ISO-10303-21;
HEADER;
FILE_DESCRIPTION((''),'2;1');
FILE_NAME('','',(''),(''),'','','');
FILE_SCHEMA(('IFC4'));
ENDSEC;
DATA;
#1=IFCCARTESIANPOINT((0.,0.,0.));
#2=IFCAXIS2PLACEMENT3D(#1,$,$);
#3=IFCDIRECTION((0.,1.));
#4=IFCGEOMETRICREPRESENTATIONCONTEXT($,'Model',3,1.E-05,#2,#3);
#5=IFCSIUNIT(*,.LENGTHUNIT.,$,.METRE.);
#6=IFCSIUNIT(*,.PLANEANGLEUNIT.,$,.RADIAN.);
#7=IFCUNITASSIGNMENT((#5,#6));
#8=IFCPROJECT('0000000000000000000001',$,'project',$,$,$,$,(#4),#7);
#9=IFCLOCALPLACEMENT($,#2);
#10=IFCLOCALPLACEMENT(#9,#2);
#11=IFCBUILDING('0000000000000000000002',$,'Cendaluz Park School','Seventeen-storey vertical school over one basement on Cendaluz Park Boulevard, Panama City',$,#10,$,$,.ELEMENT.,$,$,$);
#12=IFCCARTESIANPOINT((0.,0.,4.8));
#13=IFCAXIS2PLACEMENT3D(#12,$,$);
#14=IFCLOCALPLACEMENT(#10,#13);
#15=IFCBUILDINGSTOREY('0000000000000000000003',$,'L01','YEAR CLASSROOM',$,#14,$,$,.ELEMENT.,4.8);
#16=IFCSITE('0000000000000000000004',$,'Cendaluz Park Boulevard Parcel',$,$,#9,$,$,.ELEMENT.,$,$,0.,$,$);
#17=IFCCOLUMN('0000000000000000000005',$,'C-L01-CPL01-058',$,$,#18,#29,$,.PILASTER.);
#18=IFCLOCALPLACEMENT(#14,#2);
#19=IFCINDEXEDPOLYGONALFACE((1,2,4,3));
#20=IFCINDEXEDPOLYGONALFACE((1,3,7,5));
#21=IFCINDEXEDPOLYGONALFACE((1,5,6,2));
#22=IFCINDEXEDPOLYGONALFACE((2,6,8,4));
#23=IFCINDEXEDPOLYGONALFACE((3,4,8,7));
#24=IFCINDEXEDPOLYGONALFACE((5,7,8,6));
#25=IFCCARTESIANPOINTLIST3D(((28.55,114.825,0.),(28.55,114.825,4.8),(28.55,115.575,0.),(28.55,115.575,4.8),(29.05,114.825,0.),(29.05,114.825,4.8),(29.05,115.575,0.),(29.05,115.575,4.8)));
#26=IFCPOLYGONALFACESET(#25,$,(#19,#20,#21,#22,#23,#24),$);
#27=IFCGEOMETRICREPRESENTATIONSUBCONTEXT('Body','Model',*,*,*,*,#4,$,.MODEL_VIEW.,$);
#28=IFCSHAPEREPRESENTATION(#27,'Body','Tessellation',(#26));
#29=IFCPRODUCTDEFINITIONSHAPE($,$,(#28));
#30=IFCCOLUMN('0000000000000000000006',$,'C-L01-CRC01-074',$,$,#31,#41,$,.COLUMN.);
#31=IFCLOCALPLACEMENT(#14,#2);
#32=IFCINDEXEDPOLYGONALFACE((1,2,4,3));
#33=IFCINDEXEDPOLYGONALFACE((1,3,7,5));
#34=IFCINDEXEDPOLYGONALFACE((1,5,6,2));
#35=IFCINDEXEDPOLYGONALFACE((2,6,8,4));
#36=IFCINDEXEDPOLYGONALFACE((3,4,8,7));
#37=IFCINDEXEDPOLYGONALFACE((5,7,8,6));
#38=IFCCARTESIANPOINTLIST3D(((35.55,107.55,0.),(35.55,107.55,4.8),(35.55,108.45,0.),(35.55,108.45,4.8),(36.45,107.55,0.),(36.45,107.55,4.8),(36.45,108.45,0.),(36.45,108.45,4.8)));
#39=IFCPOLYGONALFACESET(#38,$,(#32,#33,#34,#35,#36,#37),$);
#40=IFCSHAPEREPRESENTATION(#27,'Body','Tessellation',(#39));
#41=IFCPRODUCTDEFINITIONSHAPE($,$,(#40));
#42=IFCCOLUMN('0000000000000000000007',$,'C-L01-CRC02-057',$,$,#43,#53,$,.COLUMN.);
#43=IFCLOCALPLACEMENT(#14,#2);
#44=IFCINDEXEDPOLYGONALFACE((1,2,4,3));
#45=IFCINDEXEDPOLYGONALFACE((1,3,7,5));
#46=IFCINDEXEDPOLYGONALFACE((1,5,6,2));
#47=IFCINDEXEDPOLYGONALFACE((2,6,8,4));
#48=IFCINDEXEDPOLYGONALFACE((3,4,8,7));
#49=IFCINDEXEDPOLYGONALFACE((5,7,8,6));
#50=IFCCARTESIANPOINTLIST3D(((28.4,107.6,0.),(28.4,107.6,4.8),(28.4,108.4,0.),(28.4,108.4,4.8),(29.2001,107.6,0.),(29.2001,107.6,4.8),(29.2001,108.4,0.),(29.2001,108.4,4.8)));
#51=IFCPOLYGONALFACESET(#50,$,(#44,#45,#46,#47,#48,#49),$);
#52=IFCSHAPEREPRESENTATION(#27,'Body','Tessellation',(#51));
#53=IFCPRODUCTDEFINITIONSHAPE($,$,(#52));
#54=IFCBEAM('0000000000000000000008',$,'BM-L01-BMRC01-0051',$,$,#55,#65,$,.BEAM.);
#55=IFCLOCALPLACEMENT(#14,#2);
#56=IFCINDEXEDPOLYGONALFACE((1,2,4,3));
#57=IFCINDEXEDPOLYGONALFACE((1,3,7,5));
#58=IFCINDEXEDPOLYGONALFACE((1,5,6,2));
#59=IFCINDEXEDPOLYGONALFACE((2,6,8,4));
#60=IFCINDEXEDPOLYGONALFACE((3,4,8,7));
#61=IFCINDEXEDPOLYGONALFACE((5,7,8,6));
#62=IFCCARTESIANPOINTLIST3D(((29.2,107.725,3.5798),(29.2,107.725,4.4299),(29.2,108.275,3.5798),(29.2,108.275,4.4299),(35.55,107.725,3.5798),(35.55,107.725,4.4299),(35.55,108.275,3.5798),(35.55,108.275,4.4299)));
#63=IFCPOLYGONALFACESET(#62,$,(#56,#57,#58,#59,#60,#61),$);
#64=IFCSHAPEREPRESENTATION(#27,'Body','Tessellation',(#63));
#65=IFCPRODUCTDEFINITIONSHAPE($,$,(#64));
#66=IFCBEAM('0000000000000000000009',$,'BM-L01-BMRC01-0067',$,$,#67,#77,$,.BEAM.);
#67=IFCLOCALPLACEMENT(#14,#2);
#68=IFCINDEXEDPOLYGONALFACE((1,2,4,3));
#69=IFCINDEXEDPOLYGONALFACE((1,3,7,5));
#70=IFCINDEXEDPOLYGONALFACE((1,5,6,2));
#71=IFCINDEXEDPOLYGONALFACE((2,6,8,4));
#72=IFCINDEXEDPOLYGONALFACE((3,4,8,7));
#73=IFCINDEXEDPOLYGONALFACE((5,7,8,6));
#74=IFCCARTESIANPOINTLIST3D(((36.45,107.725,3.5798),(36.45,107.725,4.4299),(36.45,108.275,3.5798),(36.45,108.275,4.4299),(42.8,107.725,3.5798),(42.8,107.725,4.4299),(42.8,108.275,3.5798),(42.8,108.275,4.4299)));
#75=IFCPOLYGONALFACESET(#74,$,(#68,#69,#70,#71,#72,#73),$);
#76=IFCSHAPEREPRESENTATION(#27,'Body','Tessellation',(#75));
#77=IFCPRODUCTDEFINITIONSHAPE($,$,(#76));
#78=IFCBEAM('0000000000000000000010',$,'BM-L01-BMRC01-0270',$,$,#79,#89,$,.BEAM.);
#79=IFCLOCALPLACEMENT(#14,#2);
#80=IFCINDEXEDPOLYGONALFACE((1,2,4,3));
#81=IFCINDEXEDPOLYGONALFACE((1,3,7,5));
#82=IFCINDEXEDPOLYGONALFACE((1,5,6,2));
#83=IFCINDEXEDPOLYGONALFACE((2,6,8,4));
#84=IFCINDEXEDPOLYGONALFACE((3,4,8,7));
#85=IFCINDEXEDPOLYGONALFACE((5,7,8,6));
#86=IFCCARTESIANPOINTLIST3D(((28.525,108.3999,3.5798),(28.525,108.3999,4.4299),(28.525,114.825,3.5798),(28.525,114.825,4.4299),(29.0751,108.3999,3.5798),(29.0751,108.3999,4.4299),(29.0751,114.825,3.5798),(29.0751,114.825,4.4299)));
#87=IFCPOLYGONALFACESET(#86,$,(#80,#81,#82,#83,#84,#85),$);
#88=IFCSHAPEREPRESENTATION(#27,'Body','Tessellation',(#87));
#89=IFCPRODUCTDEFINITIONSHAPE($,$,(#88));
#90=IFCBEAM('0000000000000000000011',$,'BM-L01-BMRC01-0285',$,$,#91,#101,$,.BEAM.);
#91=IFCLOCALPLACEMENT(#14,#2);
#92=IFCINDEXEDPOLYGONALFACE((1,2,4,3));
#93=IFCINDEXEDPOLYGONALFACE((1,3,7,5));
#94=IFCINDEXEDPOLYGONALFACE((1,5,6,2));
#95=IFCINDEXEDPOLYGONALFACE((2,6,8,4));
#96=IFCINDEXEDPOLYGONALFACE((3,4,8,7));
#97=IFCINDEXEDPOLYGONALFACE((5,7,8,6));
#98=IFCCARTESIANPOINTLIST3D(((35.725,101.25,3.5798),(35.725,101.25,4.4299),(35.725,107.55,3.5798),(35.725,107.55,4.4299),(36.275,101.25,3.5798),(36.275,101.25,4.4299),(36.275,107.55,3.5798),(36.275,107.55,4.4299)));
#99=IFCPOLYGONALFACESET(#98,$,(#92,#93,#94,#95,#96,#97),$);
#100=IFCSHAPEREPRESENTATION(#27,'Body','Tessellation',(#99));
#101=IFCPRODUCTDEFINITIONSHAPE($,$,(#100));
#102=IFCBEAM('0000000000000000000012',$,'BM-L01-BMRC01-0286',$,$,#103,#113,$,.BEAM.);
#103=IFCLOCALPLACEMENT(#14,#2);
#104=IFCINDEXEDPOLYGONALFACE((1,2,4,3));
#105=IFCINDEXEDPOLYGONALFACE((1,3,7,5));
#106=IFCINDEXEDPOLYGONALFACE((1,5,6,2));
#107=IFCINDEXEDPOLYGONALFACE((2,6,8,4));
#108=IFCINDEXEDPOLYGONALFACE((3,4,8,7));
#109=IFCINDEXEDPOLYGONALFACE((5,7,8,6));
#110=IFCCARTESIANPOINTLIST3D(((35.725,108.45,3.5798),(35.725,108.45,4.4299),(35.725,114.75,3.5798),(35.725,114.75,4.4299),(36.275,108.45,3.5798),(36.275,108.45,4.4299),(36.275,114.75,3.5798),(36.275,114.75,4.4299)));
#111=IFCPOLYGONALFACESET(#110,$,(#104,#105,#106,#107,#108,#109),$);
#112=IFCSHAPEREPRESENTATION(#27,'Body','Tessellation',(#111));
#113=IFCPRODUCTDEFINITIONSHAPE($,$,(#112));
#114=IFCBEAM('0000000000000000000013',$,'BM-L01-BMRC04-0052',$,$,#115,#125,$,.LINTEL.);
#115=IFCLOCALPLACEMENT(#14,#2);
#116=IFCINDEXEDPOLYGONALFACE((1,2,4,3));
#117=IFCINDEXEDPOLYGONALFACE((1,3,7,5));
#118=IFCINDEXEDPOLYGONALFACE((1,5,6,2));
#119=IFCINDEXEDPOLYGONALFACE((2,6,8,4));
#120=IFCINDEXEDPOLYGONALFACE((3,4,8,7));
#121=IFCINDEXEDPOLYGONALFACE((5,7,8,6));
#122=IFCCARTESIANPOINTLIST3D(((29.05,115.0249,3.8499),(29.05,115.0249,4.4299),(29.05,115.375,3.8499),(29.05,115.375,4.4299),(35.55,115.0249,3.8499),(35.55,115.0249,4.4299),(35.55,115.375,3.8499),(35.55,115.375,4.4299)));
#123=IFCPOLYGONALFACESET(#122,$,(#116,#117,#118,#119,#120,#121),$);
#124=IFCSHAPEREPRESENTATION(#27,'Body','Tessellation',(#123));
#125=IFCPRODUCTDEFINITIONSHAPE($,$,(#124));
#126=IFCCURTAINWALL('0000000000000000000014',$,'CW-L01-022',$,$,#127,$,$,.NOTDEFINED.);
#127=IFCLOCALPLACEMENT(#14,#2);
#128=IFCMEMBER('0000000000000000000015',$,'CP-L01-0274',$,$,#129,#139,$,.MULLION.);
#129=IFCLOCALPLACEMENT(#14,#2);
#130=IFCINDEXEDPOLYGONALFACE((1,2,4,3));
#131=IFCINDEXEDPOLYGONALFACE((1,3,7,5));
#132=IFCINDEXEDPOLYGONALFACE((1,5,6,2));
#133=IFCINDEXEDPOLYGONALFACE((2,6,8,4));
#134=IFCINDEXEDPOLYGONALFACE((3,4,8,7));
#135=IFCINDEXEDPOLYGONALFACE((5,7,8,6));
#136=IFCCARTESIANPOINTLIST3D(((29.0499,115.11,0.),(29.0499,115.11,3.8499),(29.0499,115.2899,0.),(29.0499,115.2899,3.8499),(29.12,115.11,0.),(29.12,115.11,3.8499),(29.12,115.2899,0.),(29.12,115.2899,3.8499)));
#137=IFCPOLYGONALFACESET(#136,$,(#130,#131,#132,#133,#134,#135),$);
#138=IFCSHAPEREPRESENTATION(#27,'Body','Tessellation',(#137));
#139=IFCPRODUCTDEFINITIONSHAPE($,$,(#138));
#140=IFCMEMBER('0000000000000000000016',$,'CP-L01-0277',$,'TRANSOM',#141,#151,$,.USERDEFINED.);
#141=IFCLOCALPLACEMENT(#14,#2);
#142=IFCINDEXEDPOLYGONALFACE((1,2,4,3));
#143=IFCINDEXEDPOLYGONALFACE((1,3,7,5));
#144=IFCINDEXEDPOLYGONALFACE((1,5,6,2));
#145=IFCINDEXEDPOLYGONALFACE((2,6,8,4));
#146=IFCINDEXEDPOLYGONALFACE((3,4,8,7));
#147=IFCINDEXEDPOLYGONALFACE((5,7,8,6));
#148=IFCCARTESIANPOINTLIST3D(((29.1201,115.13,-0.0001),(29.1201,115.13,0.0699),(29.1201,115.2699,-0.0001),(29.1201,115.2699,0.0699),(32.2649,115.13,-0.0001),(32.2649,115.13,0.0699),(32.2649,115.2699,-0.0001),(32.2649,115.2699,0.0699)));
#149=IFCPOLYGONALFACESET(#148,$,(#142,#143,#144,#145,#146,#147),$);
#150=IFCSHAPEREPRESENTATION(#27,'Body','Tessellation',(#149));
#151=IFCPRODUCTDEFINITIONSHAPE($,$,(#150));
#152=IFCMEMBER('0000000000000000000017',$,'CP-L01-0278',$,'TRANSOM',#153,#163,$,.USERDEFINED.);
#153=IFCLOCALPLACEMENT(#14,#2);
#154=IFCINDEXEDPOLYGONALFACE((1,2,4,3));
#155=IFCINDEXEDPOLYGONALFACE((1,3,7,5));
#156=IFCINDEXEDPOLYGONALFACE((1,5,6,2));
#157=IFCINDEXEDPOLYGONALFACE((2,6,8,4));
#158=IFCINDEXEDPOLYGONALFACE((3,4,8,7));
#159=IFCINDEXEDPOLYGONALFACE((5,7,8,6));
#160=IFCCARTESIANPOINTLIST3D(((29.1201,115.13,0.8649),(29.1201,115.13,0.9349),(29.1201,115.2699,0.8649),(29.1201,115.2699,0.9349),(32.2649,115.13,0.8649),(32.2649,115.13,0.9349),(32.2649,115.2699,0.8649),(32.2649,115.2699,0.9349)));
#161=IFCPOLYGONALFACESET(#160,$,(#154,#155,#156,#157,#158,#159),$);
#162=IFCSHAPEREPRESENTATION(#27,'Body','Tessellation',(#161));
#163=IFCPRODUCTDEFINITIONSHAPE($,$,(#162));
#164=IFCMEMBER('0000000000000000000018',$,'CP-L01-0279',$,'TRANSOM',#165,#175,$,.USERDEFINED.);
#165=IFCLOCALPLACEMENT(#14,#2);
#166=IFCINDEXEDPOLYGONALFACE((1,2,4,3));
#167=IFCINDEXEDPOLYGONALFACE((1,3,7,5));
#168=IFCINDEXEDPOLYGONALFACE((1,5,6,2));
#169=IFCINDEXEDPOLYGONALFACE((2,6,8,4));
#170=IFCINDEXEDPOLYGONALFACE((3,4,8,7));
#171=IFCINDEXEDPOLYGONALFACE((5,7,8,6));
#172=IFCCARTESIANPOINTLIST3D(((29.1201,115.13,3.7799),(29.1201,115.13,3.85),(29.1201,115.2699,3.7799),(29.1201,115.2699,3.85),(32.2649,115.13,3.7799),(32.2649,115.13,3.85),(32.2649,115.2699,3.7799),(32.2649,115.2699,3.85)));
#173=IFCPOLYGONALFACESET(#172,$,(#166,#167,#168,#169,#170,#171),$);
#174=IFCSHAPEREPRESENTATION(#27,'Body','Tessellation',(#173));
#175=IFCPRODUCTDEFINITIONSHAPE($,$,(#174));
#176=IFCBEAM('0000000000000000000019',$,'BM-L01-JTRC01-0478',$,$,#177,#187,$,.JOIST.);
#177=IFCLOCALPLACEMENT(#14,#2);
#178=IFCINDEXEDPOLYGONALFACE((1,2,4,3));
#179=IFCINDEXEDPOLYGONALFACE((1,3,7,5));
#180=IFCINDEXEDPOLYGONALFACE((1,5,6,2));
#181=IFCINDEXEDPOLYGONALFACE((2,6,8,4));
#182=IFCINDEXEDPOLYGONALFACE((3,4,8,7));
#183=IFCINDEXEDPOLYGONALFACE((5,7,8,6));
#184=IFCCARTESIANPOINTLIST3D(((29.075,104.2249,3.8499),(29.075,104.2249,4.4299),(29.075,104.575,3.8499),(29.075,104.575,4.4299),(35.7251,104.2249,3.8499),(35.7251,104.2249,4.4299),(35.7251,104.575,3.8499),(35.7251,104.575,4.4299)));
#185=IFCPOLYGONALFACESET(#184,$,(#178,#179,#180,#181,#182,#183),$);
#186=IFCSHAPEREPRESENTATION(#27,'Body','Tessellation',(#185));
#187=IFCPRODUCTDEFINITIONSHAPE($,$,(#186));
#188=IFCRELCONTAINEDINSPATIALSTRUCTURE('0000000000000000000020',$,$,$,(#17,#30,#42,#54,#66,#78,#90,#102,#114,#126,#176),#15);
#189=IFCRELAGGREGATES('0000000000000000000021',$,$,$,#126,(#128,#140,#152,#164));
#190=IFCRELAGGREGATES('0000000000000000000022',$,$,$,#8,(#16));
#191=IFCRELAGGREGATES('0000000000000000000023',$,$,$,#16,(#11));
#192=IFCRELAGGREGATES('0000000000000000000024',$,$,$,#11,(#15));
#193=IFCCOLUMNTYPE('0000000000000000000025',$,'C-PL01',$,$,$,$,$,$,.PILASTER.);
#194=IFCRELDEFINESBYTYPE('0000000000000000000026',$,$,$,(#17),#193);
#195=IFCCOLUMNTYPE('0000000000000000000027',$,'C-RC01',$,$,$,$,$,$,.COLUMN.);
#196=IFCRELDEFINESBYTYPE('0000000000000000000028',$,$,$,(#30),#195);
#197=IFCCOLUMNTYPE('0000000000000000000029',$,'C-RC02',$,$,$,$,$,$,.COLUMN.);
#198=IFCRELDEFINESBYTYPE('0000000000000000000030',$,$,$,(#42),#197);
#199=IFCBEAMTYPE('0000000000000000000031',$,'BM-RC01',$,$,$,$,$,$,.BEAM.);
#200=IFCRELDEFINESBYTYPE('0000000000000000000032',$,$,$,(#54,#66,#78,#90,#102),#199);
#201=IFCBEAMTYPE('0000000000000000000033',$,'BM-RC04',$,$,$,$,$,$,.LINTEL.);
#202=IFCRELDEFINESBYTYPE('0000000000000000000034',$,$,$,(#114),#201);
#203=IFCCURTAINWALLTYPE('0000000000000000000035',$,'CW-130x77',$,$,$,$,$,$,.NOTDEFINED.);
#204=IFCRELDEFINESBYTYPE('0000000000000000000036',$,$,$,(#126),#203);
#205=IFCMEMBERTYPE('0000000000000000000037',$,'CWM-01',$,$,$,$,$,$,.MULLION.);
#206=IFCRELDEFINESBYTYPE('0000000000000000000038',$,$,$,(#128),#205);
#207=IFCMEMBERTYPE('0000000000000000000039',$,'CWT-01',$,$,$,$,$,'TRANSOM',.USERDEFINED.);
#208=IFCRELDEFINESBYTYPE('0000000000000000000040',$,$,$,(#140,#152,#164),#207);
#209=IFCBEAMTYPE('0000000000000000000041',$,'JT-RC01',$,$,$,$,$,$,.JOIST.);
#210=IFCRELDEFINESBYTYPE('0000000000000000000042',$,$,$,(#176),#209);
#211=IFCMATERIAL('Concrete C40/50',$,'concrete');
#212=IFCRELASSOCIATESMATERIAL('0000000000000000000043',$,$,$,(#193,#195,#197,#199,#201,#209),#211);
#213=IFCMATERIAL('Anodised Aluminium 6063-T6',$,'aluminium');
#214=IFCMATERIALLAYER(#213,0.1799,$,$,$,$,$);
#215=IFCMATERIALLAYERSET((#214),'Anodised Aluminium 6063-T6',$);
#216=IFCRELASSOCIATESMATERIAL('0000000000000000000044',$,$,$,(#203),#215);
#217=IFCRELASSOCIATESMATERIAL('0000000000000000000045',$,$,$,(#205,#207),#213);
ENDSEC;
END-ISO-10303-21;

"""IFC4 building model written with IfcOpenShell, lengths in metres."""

from ifc_helpers import new_model, si_unit, direction, frame, origin, origin_2d, place, context, subcontext, project, spatial, rectangle, extrude, material, layer, layer_set, material_profile, profile_set, type_object, element, aggregate, save


model = new_model("IFC4")

# Units and contexts
model_context = context("Model", 3, precision=1e-05, world=origin(), true_north=direction((0.0, 1.0)))
body_context = subcontext(model_context, "Body", "Model", "MODEL_VIEW")
ifc_project = project(units=[si_unit("LENGTHUNIT", "METRE"), si_unit("PLANEANGLEUNIT", "RADIAN")], contexts=[model_context])

# Site, building, storey
site_placement = place(None, origin())
site = spatial("IfcSite", under=ifc_project, at=site_placement, Name="Cendaluz Park Boulevard Parcel", CompositionType="ELEMENT", RefElevation=0.0)
building_placement = place(site_placement, origin())
building = spatial("IfcBuilding", under=site, at=building_placement, Name="Cendaluz Park School", Description="Seventeen-storey vertical school over one basement on Cendaluz Park Boulevard, Panama City", CompositionType="ELEMENT")
storey_placement = place(building_placement, frame((0.0, 0.0, 4.8)))
storey = spatial("IfcBuildingStorey", under=building, at=storey_placement, Name="L01", Description="YEAR CLASSROOM", CompositionType="ELEMENT", Elevation=4.8)

# Columns
ifc_material_1 = material(Name="Concrete C40/50", Category="concrete")
ifc_material_profile_1 = material_profile(ifc_material_1, rectangle(XDim=0.5, YDim=0.75, at=origin_2d()), Name="RC 500x750", Category="concrete")
ifc_profile_set_1 = profile_set([ifc_material_profile_1], Name="Concrete C40/50")
column_type_1 = type_object("IfcColumnType", Name="C-PL01", PredefinedType="PILASTER", material=ifc_profile_set_1)
column_1_placement = place(storey_placement, frame((28.8, 115.2, 0.0), z_axis=(0.0, 0.0, 1.0), x_axis=(1.0, 0.0, 0.0)))
element("IfcColumn", 1, at=column_1_placement, inside=storey, type_object=column_type_1, Name="C-L01-CPL01-058", PredefinedType="PILASTER", context=body_context, shape_type="SweptSolid", body=[
    extrude(rectangle(XDim=0.5, YDim=0.75, at=origin_2d()), origin(), (0.0, 0.0, 1.0), 4.8),
])
ifc_material_profile_2 = material_profile(ifc_material_1, rectangle(XDim=0.8999, YDim=0.8999, at=origin_2d()), Name="RC 900x900", Category="concrete")
ifc_profile_set_2 = profile_set([ifc_material_profile_2], Name="Concrete C40/50")
column_type_2 = type_object("IfcColumnType", Name="C-RC01", PredefinedType="COLUMN", material=ifc_profile_set_2)
column_2_placement = place(storey_placement, frame((36.0, 108.0, 0.0), z_axis=(0.0, 0.0, 1.0), x_axis=(1.0, 0.0, 0.0)))
element("IfcColumn", 2, at=column_2_placement, inside=storey, type_object=column_type_2, Name="C-L01-CRC01-074", PredefinedType="COLUMN", context=body_context, shape_type="SweptSolid", body=[
    extrude(rectangle(XDim=0.8999, YDim=0.8999, at=origin_2d()), origin(), (0.0, 0.0, 1.0), 4.8),
])
ifc_material_profile_3 = material_profile(ifc_material_1, rectangle(XDim=0.8, YDim=0.8, at=origin_2d()), Name="RC 800x800", Category="concrete")
ifc_profile_set_3 = profile_set([ifc_material_profile_3], Name="Concrete C40/50")
column_type_3 = type_object("IfcColumnType", Name="C-RC02", PredefinedType="COLUMN", material=ifc_profile_set_3)
column_3_placement = place(storey_placement, frame((28.8, 108.0, 0.0), z_axis=(0.0, 0.0, 1.0), x_axis=(1.0, 0.0, 0.0)))
element("IfcColumn", 3, at=column_3_placement, inside=storey, type_object=column_type_3, Name="C-L01-CRC02-057", PredefinedType="COLUMN", context=body_context, shape_type="SweptSolid", body=[
    extrude(rectangle(XDim=0.8, YDim=0.8, at=origin_2d()), origin(), (0.0, 0.0, 1.0), 4.8),
])

# Beams
ifc_material_profile_4 = material_profile(ifc_material_1, rectangle(XDim=0.55, YDim=0.8501, at=origin_2d()), Name="RC 550x850", Category="concrete")
ifc_profile_set_4 = profile_set([ifc_material_profile_4], Name="Concrete C40/50")
beam_type_1 = type_object("IfcBeamType", Name="BM-RC01", PredefinedType="BEAM", material=ifc_profile_set_4)
for number, where, z_axis, x_axis, name in (
    (4, (29.2, 108.0, 4.0049), (1.0, 0.0, 0.0), (0.0, 1.0, 0.0), "BM-L01-BMRC01-0051"),
    (5, (36.45, 108.0, 4.0049), (1.0, 0.0, 0.0), (0.0, 1.0, 0.0), "BM-L01-BMRC01-0067"),
):
    element("IfcBeam", number, at=place(storey_placement, frame(where, z_axis=z_axis, x_axis=x_axis)), inside=storey, type_object=beam_type_1, Name=name, PredefinedType="BEAM", context=body_context, shape_type="SweptSolid", body=[
        extrude(rectangle(XDim=0.55, YDim=0.8501, at=origin_2d()), origin(), (0.0, 0.0, 1.0), 6.3501),
    ])
beam_1_placement = place(storey_placement, frame((28.8, 108.3999, 4.0049), z_axis=(0.0, 1.0, 0.0), x_axis=(-1.0, 0.0, 0.0)))
element("IfcBeam", 6, at=beam_1_placement, inside=storey, type_object=beam_type_1, Name="BM-L01-BMRC01-0270", PredefinedType="BEAM", context=body_context, shape_type="SweptSolid", body=[
    extrude(rectangle(XDim=0.55, YDim=0.8501, at=origin_2d()), origin(), (0.0, 0.0, 1.0), 6.425),
])
for number, where, z_axis, x_axis, name in (
    (7, (36.0, 101.25, 4.0049), (0.0, 1.0, 0.0), (-1.0, 0.0, 0.0), "BM-L01-BMRC01-0285"),
    (8, (36.0, 108.45, 4.0049), (0.0, 1.0, 0.0), (-1.0, 0.0, 0.0), "BM-L01-BMRC01-0286"),
):
    element("IfcBeam", number, at=place(storey_placement, frame(where, z_axis=z_axis, x_axis=x_axis)), inside=storey, type_object=beam_type_1, Name=name, PredefinedType="BEAM", context=body_context, shape_type="SweptSolid", body=[
        extrude(rectangle(XDim=0.55, YDim=0.8501, at=origin_2d()), origin(), (0.0, 0.0, 1.0), 6.3),
    ])
ifc_material_profile_5 = material_profile(ifc_material_1, rectangle(XDim=0.3501, YDim=0.5801, at=origin_2d()), Name="RC 350x580", Category="concrete")
ifc_profile_set_5 = profile_set([ifc_material_profile_5], Name="Concrete C40/50")
beam_type_2 = type_object("IfcBeamType", Name="BM-RC04", PredefinedType="LINTEL", material=ifc_profile_set_5)
beam_2_placement = place(storey_placement, frame((29.05, 115.2, 4.1399), z_axis=(1.0, 0.0, 0.0), x_axis=(0.0, 1.0, 0.0)))
element("IfcBeam", 9, at=beam_2_placement, inside=storey, type_object=beam_type_2, Name="BM-L01-BMRC04-0052", PredefinedType="LINTEL", context=body_context, shape_type="SweptSolid", body=[
    extrude(rectangle(XDim=0.3501, YDim=0.5801, at=origin_2d()), origin(), (0.0, 0.0, 1.0), 6.5),
])

# Curtain wall, members
ifc_material_2 = material(Name="Anodised Aluminium 6063-T6", Category="aluminium")
ifc_layer_1 = layer(ifc_material_2, 0.1799)
ifc_layer_set_1 = layer_set([ifc_layer_1], Name="Anodised Aluminium 6063-T6")
curtain_wall_type = type_object("IfcCurtainWallType", Name="CW-130x77", PredefinedType="NOTDEFINED", material=ifc_layer_set_1)
curtain_wall_placement = place(storey_placement, origin())
curtain_wall = element("IfcCurtainWall", 10, at=curtain_wall_placement, inside=storey, type_object=curtain_wall_type, Name="CW-L01-022", PredefinedType="NOTDEFINED")
ifc_material_profile_6 = material_profile(ifc_material_2, rectangle(XDim=0.1799, YDim=0.0701, at=origin_2d()), Name="CWM 180x70", Category="aluminium")
ifc_profile_set_6 = profile_set([ifc_material_profile_6], Name="Anodised Aluminium 6063-T6")
member_type_1 = type_object("IfcMemberType", Name="CWM-01", PredefinedType="MULLION", material=ifc_profile_set_6)
member_1_placement = place(storey_placement, frame((29.085, 115.2, 0.0), z_axis=(0.0, 0.0, 1.0), x_axis=(0.0, 1.0, 0.0)))
member_1 = element("IfcMember", 11, at=member_1_placement, type_object=member_type_1, Name="CP-L01-0274", PredefinedType="MULLION", context=body_context, shape_type="SweptSolid", body=[
    extrude(rectangle(XDim=0.1799, YDim=0.0701, at=origin_2d()), origin(), (0.0, 0.0, 1.0), 3.8499),
])
ifc_material_profile_7 = material_profile(ifc_material_2, rectangle(XDim=0.1399, YDim=0.0701, at=origin_2d()), Name="CWT 140x70", Category="aluminium")
ifc_profile_set_7 = profile_set([ifc_material_profile_7], Name="Anodised Aluminium 6063-T6")
member_type_2 = type_object("IfcMemberType", Name="CWT-01", ElementType="TRANSOM", PredefinedType="USERDEFINED", material=ifc_profile_set_7)
member_2_placement = place(storey_placement, frame((29.1201, 115.2, 0.0349), z_axis=(1.0, 0.0, 0.0), x_axis=(0.0, 1.0, 0.0)))
member_2 = element("IfcMember", 12, at=member_2_placement, type_object=member_type_2, Name="CP-L01-0277", ObjectType="TRANSOM", PredefinedType="USERDEFINED", context=body_context, shape_type="SweptSolid", body=[
    extrude(rectangle(XDim=0.1399, YDim=0.0701, at=origin_2d()), origin(), (0.0, 0.0, 1.0), 3.1448),
])
member_3_placement = place(storey_placement, frame((29.1201, 115.2, 0.8999), z_axis=(1.0, 0.0, 0.0), x_axis=(0.0, 1.0, 0.0)))
member_3 = element("IfcMember", 13, at=member_3_placement, type_object=member_type_2, Name="CP-L01-0278", ObjectType="TRANSOM", PredefinedType="USERDEFINED", context=body_context, shape_type="SweptSolid", body=[
    extrude(rectangle(XDim=0.1399, YDim=0.0701, at=origin_2d()), origin(), (0.0, 0.0, 1.0), 3.1448),
])
member_4_placement = place(storey_placement, frame((29.1201, 115.2, 3.8149), z_axis=(1.0, 0.0, 0.0), x_axis=(0.0, 1.0, 0.0)))
member_4 = element("IfcMember", 14, at=member_4_placement, type_object=member_type_2, Name="CP-L01-0279", ObjectType="TRANSOM", PredefinedType="USERDEFINED", context=body_context, shape_type="SweptSolid", body=[
    extrude(rectangle(XDim=0.1399, YDim=0.0701, at=origin_2d()), origin(), (0.0, 0.0, 1.0), 3.1448),
])

# Beam
ifc_material_profile_8 = material_profile(ifc_material_1, rectangle(XDim=0.3501, YDim=0.5801, at=origin_2d()), Name="RC 350x580", Category="concrete")
ifc_profile_set_8 = profile_set([ifc_material_profile_8], Name="Concrete C40/50")
beam_type_3 = type_object("IfcBeamType", Name="JT-RC01", PredefinedType="JOIST", material=ifc_profile_set_8)
beam_3_placement = place(storey_placement, frame((29.075, 104.3999, 4.1399), z_axis=(1.0, 0.0, 0.0), x_axis=(0.0, 1.0, 0.0)))
element("IfcBeam", 15, at=beam_3_placement, inside=storey, type_object=beam_type_3, Name="BM-L01-JTRC01-0478", PredefinedType="JOIST", context=body_context, shape_type="SweptSolid", body=[
    extrude(rectangle(XDim=0.3501, YDim=0.5801, at=origin_2d()), origin(), (0.0, 0.0, 1.0), 6.6501),
])

aggregate(curtain_wall, [member_1, member_2, member_3, member_4])

save(model, "model.ifc")
